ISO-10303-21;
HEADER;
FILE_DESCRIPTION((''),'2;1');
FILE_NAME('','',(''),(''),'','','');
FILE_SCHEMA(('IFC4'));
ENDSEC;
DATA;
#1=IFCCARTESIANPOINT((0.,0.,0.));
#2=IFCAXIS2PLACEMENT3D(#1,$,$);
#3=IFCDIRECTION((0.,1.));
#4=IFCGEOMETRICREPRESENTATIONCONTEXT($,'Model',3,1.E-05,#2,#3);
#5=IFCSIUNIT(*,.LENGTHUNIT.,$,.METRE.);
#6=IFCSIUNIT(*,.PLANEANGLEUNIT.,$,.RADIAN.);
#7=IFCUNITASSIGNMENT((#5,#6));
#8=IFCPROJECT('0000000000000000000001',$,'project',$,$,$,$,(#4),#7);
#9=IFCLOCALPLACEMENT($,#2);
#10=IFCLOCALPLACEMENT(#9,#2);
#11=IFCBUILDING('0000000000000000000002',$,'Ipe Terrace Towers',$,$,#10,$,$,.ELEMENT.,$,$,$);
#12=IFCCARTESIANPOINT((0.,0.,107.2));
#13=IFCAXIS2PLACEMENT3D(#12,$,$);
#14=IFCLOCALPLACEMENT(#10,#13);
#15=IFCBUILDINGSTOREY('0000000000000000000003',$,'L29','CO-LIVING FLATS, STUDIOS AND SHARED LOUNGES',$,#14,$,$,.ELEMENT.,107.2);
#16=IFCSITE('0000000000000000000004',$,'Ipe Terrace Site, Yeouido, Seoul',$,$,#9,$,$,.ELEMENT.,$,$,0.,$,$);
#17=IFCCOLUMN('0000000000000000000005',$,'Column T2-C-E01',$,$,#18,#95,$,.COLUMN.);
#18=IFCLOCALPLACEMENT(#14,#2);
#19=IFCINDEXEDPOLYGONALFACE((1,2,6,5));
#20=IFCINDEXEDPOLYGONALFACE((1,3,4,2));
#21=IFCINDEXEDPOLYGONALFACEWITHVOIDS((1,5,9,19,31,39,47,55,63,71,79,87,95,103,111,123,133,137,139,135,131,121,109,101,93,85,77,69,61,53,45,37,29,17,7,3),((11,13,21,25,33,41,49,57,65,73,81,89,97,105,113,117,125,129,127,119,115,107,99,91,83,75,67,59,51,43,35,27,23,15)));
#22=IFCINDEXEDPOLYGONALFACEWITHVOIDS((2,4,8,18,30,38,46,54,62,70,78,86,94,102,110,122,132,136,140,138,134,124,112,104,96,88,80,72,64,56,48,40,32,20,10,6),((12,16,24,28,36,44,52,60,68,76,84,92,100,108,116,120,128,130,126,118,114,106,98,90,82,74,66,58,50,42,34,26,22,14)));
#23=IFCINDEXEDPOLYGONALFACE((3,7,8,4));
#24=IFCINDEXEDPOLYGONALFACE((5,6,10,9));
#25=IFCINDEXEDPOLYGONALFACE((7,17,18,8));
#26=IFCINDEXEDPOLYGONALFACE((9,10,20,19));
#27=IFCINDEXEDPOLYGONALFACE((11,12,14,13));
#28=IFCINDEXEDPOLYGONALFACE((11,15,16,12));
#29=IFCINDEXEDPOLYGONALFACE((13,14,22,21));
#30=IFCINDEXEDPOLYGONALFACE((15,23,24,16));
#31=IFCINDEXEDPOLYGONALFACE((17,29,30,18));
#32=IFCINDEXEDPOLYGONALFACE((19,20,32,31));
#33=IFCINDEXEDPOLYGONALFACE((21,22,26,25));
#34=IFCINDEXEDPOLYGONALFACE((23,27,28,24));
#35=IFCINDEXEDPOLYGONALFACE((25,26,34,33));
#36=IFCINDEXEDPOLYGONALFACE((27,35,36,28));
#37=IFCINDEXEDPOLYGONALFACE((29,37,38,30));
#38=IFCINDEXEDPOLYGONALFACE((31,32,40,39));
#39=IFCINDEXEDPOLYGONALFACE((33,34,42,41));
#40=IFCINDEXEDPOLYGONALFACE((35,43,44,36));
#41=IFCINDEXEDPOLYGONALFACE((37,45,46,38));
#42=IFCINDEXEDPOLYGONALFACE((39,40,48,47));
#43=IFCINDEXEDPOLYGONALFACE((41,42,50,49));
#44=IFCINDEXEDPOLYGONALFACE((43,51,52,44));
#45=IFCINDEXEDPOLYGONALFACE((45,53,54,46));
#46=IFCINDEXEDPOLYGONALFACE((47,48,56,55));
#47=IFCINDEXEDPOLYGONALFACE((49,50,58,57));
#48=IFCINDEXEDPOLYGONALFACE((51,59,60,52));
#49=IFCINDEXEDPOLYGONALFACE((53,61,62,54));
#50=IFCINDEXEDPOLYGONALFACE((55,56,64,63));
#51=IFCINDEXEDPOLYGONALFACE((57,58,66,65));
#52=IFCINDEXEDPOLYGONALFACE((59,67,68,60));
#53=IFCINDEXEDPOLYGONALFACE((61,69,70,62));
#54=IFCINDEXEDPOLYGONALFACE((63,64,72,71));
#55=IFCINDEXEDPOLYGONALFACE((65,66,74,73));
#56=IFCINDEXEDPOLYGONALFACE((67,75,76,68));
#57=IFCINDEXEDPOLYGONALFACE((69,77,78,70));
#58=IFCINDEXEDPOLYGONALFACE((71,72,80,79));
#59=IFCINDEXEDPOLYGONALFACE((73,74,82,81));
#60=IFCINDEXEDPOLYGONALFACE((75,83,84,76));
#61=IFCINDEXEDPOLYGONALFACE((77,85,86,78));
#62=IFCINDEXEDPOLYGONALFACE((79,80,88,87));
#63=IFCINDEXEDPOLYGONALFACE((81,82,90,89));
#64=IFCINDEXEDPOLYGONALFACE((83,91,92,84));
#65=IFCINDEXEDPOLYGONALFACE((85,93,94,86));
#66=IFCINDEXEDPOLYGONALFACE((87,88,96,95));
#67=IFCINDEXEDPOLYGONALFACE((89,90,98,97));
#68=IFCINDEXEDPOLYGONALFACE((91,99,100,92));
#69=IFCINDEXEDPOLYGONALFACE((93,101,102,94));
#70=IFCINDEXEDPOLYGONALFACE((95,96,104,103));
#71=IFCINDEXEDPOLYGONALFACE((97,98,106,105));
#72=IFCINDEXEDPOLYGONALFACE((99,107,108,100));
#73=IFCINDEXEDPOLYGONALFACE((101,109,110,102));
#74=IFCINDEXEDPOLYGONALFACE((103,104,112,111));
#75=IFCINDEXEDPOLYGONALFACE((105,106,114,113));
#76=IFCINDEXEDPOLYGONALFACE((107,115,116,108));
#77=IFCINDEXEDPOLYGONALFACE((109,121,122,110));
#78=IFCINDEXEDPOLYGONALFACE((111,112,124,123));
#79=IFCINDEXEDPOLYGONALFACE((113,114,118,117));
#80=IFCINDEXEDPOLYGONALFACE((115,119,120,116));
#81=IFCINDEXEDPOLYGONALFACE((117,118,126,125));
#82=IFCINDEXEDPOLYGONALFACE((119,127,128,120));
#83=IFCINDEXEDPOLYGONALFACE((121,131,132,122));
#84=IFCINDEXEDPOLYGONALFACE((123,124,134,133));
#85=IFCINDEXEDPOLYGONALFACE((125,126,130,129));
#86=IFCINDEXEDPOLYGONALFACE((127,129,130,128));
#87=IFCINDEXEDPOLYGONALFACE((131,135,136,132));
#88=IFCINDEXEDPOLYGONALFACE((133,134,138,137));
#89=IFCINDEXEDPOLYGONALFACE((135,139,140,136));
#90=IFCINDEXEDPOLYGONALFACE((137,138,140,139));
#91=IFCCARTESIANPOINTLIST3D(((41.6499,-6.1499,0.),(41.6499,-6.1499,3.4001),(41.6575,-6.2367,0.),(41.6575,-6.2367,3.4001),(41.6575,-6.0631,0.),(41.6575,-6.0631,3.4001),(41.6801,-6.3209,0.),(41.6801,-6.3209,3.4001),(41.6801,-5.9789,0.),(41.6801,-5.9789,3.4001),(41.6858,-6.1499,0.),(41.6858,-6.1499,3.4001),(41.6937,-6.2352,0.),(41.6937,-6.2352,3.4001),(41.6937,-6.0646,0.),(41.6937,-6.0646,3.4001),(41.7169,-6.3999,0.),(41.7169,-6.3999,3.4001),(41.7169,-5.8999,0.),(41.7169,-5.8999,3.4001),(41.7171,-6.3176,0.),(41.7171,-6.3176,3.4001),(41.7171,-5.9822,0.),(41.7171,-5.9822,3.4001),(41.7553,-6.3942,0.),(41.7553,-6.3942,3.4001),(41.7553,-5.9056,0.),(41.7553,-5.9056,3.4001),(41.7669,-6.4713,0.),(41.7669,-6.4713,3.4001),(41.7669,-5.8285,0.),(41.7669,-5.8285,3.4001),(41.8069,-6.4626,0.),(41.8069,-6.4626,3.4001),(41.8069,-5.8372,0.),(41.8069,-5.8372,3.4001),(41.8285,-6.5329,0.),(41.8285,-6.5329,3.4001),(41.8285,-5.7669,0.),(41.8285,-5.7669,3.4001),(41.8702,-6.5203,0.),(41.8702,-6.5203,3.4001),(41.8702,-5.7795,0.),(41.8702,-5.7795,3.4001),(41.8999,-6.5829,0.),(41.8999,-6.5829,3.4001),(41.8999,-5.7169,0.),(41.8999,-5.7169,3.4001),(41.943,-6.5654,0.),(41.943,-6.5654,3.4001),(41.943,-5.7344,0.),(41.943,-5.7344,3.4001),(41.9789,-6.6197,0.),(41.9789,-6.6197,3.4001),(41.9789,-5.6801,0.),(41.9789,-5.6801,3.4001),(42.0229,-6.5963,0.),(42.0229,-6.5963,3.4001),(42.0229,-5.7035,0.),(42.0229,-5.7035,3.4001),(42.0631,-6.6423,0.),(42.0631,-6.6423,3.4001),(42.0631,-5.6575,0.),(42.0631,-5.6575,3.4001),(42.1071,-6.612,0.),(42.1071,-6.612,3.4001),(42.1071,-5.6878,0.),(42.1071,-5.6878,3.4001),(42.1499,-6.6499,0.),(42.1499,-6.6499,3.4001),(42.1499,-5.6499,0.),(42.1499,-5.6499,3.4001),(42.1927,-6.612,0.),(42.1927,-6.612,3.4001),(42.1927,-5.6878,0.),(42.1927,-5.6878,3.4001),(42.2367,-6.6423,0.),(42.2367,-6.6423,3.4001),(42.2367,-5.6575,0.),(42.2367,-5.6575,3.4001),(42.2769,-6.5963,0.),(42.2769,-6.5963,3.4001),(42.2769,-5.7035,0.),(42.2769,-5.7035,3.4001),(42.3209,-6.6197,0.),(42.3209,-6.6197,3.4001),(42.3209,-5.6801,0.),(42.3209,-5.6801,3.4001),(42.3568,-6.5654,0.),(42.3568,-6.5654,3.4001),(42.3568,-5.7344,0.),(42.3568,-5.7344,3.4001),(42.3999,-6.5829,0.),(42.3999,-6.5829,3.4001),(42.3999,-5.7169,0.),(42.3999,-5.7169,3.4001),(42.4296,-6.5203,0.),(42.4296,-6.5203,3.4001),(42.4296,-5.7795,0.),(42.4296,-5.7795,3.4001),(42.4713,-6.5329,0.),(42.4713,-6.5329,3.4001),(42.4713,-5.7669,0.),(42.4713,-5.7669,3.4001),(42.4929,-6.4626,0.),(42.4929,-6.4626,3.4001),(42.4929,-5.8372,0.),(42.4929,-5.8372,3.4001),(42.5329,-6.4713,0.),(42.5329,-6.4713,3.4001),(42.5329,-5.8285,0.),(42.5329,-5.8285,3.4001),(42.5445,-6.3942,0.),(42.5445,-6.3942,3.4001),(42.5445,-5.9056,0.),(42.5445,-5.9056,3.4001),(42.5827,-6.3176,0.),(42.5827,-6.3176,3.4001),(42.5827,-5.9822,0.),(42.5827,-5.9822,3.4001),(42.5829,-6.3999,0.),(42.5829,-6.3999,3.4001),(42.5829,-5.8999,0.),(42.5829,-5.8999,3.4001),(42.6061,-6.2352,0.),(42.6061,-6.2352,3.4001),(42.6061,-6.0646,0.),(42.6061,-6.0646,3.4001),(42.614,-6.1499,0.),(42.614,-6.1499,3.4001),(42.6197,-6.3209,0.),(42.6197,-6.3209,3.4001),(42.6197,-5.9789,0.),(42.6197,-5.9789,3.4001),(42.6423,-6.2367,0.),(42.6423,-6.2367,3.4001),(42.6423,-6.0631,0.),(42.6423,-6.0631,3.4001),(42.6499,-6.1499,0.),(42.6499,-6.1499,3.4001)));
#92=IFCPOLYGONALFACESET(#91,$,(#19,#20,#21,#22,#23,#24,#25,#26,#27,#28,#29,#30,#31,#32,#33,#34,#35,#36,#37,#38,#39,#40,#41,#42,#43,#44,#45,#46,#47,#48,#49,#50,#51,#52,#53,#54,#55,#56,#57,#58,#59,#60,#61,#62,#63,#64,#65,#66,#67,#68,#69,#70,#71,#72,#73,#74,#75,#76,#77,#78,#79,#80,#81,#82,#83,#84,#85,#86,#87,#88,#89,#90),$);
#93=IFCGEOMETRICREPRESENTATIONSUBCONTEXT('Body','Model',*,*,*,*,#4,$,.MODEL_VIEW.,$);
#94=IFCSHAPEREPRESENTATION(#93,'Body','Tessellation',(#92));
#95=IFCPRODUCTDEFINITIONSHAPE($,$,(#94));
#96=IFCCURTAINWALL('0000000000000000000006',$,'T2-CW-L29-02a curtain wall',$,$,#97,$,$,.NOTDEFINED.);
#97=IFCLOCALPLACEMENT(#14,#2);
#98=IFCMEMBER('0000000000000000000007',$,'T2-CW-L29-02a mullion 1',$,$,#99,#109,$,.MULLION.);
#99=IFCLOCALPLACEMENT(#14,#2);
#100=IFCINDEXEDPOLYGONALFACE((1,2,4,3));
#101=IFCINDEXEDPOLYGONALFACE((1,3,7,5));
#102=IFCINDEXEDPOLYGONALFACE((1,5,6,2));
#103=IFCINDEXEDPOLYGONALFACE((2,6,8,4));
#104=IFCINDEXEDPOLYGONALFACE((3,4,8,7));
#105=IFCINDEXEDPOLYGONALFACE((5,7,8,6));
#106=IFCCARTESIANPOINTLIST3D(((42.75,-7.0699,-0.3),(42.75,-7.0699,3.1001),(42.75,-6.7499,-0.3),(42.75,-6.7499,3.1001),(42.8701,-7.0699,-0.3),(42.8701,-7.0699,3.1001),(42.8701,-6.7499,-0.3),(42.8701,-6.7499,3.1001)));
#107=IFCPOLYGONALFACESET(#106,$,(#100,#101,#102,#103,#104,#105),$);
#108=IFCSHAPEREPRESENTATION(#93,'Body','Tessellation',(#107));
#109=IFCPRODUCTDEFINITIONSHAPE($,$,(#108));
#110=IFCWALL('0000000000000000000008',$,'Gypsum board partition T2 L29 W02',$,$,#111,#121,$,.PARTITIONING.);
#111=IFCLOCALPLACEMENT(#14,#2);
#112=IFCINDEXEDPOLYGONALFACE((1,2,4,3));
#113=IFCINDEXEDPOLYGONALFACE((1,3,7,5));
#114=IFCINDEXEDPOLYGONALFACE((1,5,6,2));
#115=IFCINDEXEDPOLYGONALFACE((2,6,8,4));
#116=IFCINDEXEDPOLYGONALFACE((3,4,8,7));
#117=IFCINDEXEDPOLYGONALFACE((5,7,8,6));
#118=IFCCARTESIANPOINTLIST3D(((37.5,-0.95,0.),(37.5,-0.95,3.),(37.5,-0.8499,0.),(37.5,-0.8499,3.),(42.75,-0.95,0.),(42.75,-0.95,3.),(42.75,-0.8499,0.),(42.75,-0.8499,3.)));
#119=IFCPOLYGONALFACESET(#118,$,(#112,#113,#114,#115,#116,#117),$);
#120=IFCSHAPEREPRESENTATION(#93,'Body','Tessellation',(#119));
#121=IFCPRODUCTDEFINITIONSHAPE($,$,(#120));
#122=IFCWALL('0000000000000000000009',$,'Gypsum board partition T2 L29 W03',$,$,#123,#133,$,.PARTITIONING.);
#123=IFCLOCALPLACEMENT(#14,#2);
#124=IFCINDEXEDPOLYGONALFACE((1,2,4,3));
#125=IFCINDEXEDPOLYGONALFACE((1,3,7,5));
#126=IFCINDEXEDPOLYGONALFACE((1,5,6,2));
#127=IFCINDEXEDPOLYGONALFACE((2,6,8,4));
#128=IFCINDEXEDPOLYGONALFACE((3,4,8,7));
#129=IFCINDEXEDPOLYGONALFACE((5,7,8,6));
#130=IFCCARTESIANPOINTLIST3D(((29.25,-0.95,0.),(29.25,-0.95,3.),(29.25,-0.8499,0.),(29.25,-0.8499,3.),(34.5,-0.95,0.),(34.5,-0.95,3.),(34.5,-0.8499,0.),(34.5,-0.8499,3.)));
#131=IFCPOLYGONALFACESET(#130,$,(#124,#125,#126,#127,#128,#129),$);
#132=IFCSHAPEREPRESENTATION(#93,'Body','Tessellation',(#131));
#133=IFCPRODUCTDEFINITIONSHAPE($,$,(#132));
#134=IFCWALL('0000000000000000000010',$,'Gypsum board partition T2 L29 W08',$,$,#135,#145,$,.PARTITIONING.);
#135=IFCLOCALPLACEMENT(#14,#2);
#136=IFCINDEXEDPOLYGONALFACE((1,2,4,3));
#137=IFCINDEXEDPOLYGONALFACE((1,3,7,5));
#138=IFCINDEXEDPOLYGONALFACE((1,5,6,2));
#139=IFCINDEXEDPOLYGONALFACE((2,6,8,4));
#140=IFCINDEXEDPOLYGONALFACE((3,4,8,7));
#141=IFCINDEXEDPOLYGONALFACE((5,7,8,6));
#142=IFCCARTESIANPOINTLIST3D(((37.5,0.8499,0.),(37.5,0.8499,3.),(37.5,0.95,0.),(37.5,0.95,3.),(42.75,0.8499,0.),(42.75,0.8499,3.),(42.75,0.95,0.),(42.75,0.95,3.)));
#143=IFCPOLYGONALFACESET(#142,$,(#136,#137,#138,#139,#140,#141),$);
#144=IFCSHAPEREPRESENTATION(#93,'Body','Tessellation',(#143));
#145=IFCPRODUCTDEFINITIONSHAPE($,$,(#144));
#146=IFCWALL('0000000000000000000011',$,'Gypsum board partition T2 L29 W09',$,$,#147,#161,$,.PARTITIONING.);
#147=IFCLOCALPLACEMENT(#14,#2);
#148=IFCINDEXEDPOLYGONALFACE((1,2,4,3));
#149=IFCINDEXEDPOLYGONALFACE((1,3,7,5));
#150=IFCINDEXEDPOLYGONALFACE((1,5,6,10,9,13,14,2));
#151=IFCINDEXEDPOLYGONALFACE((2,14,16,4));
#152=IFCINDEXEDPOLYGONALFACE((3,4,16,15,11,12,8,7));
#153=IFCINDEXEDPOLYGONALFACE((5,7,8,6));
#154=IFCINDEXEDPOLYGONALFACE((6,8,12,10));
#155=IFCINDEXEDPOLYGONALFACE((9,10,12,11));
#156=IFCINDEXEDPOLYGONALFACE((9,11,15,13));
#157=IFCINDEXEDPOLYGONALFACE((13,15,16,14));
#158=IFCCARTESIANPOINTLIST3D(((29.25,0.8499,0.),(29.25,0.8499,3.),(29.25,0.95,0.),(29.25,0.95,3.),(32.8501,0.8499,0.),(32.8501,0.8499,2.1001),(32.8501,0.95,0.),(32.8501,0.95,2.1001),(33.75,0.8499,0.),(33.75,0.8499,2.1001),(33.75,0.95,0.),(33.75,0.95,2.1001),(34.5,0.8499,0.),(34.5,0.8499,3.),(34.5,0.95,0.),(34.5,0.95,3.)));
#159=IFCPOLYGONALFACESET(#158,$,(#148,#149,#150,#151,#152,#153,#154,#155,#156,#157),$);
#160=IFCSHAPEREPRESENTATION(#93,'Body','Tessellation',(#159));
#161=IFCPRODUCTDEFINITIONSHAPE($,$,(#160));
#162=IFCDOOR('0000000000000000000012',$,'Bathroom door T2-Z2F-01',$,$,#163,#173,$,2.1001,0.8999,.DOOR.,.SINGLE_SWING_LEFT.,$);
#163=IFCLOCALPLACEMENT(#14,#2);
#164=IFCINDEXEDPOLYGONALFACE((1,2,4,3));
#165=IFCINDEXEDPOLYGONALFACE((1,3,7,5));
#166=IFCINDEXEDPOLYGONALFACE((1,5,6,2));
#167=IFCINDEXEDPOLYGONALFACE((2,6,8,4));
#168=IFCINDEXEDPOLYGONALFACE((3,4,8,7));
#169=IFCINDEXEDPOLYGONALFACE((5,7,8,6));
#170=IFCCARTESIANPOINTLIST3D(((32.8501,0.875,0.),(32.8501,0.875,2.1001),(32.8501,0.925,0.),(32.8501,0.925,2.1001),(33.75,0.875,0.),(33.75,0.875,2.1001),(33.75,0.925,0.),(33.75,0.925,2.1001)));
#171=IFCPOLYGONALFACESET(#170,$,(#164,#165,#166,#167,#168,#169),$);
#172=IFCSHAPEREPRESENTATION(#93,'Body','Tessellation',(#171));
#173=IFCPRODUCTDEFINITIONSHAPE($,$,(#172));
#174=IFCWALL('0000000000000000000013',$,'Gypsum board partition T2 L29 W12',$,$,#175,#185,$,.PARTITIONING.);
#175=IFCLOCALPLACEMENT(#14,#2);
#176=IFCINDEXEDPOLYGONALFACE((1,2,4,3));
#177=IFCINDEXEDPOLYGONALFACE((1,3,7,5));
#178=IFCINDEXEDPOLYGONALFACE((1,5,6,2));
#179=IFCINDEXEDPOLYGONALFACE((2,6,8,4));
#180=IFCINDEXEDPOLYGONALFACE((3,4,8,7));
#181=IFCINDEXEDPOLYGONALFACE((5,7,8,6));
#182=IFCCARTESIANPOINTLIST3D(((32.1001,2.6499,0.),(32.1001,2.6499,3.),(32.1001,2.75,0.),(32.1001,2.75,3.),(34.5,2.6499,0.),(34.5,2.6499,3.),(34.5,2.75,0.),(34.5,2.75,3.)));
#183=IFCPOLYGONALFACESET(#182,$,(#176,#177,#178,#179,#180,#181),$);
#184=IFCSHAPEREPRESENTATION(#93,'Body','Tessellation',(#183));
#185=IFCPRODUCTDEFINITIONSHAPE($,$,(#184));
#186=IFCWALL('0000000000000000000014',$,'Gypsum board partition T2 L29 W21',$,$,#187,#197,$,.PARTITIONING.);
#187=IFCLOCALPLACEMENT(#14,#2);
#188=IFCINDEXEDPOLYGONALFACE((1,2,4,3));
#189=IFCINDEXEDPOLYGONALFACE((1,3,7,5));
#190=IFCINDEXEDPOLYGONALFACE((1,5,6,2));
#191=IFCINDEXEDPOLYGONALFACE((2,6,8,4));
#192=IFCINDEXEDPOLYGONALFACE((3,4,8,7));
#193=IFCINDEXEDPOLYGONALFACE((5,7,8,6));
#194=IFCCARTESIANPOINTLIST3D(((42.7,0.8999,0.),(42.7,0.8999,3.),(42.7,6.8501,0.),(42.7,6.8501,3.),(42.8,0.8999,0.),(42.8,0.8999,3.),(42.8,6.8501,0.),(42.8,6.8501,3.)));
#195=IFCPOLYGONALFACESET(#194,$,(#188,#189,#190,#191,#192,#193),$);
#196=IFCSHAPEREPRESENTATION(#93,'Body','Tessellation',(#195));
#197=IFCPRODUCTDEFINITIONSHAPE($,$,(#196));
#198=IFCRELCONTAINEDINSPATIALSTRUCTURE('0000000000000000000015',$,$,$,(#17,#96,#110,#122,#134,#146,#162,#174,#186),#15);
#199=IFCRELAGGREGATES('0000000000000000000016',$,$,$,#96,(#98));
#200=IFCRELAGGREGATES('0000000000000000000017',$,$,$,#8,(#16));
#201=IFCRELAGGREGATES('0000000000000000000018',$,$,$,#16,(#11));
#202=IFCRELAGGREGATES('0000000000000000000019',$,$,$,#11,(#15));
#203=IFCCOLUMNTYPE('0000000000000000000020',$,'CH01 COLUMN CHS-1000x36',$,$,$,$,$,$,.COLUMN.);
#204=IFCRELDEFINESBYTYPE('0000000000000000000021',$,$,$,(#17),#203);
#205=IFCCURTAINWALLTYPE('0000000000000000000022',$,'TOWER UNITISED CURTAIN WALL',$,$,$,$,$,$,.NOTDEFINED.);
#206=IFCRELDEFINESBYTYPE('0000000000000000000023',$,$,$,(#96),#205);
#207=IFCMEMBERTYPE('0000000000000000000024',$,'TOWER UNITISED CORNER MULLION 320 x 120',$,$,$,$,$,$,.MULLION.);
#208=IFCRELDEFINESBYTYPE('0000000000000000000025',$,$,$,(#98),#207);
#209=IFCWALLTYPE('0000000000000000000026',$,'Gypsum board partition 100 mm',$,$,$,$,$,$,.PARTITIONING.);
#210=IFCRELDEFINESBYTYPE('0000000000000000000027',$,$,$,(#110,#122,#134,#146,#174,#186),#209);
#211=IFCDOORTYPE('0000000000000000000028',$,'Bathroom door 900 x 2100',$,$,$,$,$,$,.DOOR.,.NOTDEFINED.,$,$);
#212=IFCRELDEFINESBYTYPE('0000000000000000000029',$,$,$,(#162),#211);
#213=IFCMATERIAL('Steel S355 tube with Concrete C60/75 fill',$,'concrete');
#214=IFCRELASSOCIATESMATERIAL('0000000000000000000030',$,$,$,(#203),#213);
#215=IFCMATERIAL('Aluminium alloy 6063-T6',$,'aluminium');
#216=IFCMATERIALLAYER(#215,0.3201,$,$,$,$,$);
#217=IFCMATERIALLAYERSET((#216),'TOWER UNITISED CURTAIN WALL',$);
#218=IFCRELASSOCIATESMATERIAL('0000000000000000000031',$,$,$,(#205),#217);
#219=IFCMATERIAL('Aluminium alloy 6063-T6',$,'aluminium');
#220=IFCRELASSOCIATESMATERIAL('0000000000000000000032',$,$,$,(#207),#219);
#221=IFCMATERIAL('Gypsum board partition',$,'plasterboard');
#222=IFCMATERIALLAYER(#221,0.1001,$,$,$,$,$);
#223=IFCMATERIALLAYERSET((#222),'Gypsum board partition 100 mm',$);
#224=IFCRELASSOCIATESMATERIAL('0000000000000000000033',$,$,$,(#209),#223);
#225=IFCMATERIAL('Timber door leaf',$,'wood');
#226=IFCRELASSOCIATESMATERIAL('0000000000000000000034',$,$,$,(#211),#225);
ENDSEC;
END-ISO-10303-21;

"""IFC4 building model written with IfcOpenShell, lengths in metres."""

from ifc_helpers import new_model, si_unit, direction, frame, frame_2d, origin, origin_2d, place, context, subcontext, project, spatial, rectangle, hollow_circle, extrude, material, layer, layer_set, material_profile, profile_set, type_object, element, fill, aggregate, save


model = new_model("IFC4")

# Units and contexts
model_context = context("Model", 3, precision=1e-05, world=origin(), true_north=direction((0.0, 1.0)))
body_context = subcontext(model_context, "Body", "Model", "MODEL_VIEW")
ifc_project = project(units=[si_unit("LENGTHUNIT", "METRE"), si_unit("PLANEANGLEUNIT", "RADIAN")], contexts=[model_context])

# Site, building, storey
site_placement = place(None, origin())
site = spatial("IfcSite", under=ifc_project, at=site_placement, Name="Ipe Terrace Site, Yeouido, Seoul", CompositionType="ELEMENT", RefElevation=0.0)
building_placement = place(site_placement, origin())
building = spatial("IfcBuilding", under=site, at=building_placement, Name="Ipe Terrace Towers", CompositionType="ELEMENT")
storey_placement = place(building_placement, frame((0.0, 0.0, 107.2)))
storey = spatial("IfcBuildingStorey", under=building, at=storey_placement, Name="L29", Description="CO-LIVING FLATS, STUDIOS AND SHARED LOUNGES", CompositionType="ELEMENT", Elevation=107.2)

# Column
ifc_material_1 = material(Name="Steel S355 tube with Concrete C60/75 fill", Category="concrete")
ifc_material_profile_1 = material_profile(ifc_material_1, hollow_circle(Radius=0.5, WallThickness=0.0359, at=origin_2d()), Name="CHS-1000x36")
ifc_profile_set_1 = profile_set([ifc_material_profile_1], Name="Steel S355 tube with Concrete C60/75 fill")
column_type = type_object("IfcColumnType", Name="CH01 COLUMN CHS-1000x36", PredefinedType="COLUMN", material=ifc_profile_set_1)
column_placement = place(storey_placement, frame((42.1499, -6.1499, 0.0), z_axis=(0.0, 0.0, 1.0), x_axis=(1.0, 0.0, 0.0)))
element("IfcColumn", 1, at=column_placement, inside=storey, type_object=column_type, Name="Column T2-C-E01", PredefinedType="COLUMN", context=body_context, shape_type="SweptSolid", body=[
    extrude(hollow_circle(Radius=0.5, WallThickness=0.0359, at=origin_2d()), origin(), (0.0, 0.0, 1.0), 3.4001),
])

# Curtain wall, member
ifc_material_2 = material(Name="Aluminium alloy 6063-T6", Category="aluminium")
ifc_layer_1 = layer(ifc_material_2, 0.3201)
ifc_layer_set_1 = layer_set([ifc_layer_1], Name="TOWER UNITISED CURTAIN WALL")
curtain_wall_type = type_object("IfcCurtainWallType", Name="TOWER UNITISED CURTAIN WALL", PredefinedType="NOTDEFINED", material=ifc_layer_set_1)
curtain_wall_placement = place(storey_placement, origin())
curtain_wall = element("IfcCurtainWall", 2, at=curtain_wall_placement, inside=storey, type_object=curtain_wall_type, Name="T2-CW-L29-02a curtain wall", PredefinedType="NOTDEFINED")
ifc_material_3 = material(Name="Aluminium alloy 6063-T6", Category="aluminium")
ifc_material_profile_2 = material_profile(ifc_material_3, rectangle(XDim=0.3201, YDim=0.1201, at=origin_2d()), Name="TOWER UNITISED CORNER MULLION 320 x 120")
ifc_profile_set_2 = profile_set([ifc_material_profile_2], Name="Aluminium alloy 6063-T6")
member_type = type_object("IfcMemberType", Name="TOWER UNITISED CORNER MULLION 320 x 120", PredefinedType="MULLION", material=ifc_profile_set_2)
member_placement = place(storey_placement, frame((42.8101, -6.9099, -0.3), z_axis=(0.0, 0.0, 1.0), x_axis=(0.0, -1.0, 0.0)))
member = element("IfcMember", 3, at=member_placement, type_object=member_type, Name="T2-CW-L29-02a mullion 1", PredefinedType="MULLION", context=body_context, shape_type="SweptSolid", body=[
    extrude(rectangle(XDim=0.3201, YDim=0.1201, at=origin_2d()), origin(), (0.0, 0.0, 1.0), 3.4001),
])
aggregate(curtain_wall, [member])

# Walls
ifc_material_4 = material(Name="Gypsum board partition", Category="plasterboard")
ifc_layer_2 = layer(ifc_material_4, 0.1001)
ifc_layer_set_2 = layer_set([ifc_layer_2], Name="Gypsum board partition 100 mm")
wall_type_1 = type_object("IfcWallType", Name="Gypsum board partition 100 mm", PredefinedType="PARTITIONING", material=ifc_layer_set_2)
for number, where, z_axis, x_axis, name in (
    (4, (42.75, -0.8999, 0.0), (0.0, 0.0, 1.0), (-1.0, 0.0, 0.0), "Gypsum board partition T2 L29 W02"),
    (5, (34.5, -0.8999, 0.0), (0.0, 0.0, 1.0), (-1.0, 0.0, 0.0), "Gypsum board partition T2 L29 W03"),
    (6, (42.75, 0.8999, 0.0), (0.0, 0.0, 1.0), (-1.0, 0.0, 0.0), "Gypsum board partition T2 L29 W08"),
):
    element("IfcWall", number, at=place(storey_placement, frame(where, z_axis=z_axis, x_axis=x_axis)), inside=storey, type_object=wall_type_1, Name=name, PredefinedType="PARTITIONING", context=body_context, shape_type="SweptSolid", body=[
        extrude(rectangle(XDim=5.25, YDim=0.1001, at=frame_2d((2.625, 0.0))), origin(), (0.0, 0.0, 1.0), 3.0),
    ])

# Wall, opening, door
wall_1_placement = place(storey_placement, frame((34.5, 0.8999, 0.0), z_axis=(0.0, 0.0, 1.0), x_axis=(-1.0, 0.0, 0.0)))
wall_1 = element("IfcWall", 7, at=wall_1_placement, inside=storey, type_object=wall_type_1, Name="Gypsum board partition T2 L29 W09", PredefinedType="PARTITIONING", context=body_context, shape_type="SweptSolid", body=[
    extrude(rectangle(XDim=5.25, YDim=0.1001, at=frame_2d((2.625, 0.0))), origin(), (0.0, 0.0, 1.0), 3.0),
])
opening_1_placement = place(wall_1_placement, frame((0.75, 0.0, 0.0)))
opening_1 = element("IfcOpeningElement", 8, at=opening_1_placement, cuts=wall_1, PredefinedType="OPENING", context=body_context, shape_type="SweptSolid", body=[
    extrude(rectangle(XDim=0.8999, YDim=2.1001, at=frame_2d((0.45, 1.05))), frame((0.0, 0.0601, 0.0), z_axis=(0.0, -1.0, 0.0), x_axis=(1.0, 0.0, 0.0)), (0.0, 0.0, 1.0), 0.1201),
])
ifc_material_5 = material(Name="Timber door leaf", Category="wood")
door_type_1 = type_object("IfcDoorType", Name="Bathroom door 900 x 2100", OperationType="NOTDEFINED", PredefinedType="DOOR", material=ifc_material_5)
door_1_placement = place(opening_1_placement, origin())
door_1 = element("IfcDoor", 9, at=door_1_placement, inside=storey, type_object=door_type_1, Name="Bathroom door T2-Z2F-01", OperationType="SINGLE_SWING_LEFT", OverallHeight=2.1001, OverallWidth=0.8999, PredefinedType="DOOR", context=body_context, shape_type="SweptSolid", body=[
    extrude(rectangle(XDim=0.8999, YDim=2.1001, at=frame_2d((0.45, 1.05))), frame((0.0, 0.0249, 0.0), z_axis=(0.0, -1.0, 0.0), x_axis=(1.0, 0.0, 0.0)), (0.0, 0.0, 1.0), 0.05),
])
fill(opening_1, door_1)

# Walls
wall_2_placement = place(storey_placement, frame((34.5, 2.7, 0.0), z_axis=(0.0, 0.0, 1.0), x_axis=(-1.0, 0.0, 0.0)))
element("IfcWall", 10, at=wall_2_placement, inside=storey, type_object=wall_type_1, Name="Gypsum board partition T2 L29 W12", PredefinedType="PARTITIONING", context=body_context, shape_type="SweptSolid", body=[
    extrude(rectangle(XDim=2.3999, YDim=0.1001, at=frame_2d((1.2, 0.0))), origin(), (0.0, 0.0, 1.0), 3.0),
])
wall_3_placement = place(storey_placement, frame((42.75, 0.8999, 0.0), z_axis=(0.0, 0.0, 1.0), x_axis=(0.0, 1.0, 0.0)))
element("IfcWall", 11, at=wall_3_placement, inside=storey, type_object=wall_type_1, Name="Gypsum board partition T2 L29 W21", PredefinedType="PARTITIONING", context=body_context, shape_type="SweptSolid", body=[
    extrude(rectangle(XDim=5.9502, YDim=0.1001, at=frame_2d((2.9751, 0.0))), origin(), (0.0, 0.0, 1.0), 3.0),
])

save(model, "model.ifc")
